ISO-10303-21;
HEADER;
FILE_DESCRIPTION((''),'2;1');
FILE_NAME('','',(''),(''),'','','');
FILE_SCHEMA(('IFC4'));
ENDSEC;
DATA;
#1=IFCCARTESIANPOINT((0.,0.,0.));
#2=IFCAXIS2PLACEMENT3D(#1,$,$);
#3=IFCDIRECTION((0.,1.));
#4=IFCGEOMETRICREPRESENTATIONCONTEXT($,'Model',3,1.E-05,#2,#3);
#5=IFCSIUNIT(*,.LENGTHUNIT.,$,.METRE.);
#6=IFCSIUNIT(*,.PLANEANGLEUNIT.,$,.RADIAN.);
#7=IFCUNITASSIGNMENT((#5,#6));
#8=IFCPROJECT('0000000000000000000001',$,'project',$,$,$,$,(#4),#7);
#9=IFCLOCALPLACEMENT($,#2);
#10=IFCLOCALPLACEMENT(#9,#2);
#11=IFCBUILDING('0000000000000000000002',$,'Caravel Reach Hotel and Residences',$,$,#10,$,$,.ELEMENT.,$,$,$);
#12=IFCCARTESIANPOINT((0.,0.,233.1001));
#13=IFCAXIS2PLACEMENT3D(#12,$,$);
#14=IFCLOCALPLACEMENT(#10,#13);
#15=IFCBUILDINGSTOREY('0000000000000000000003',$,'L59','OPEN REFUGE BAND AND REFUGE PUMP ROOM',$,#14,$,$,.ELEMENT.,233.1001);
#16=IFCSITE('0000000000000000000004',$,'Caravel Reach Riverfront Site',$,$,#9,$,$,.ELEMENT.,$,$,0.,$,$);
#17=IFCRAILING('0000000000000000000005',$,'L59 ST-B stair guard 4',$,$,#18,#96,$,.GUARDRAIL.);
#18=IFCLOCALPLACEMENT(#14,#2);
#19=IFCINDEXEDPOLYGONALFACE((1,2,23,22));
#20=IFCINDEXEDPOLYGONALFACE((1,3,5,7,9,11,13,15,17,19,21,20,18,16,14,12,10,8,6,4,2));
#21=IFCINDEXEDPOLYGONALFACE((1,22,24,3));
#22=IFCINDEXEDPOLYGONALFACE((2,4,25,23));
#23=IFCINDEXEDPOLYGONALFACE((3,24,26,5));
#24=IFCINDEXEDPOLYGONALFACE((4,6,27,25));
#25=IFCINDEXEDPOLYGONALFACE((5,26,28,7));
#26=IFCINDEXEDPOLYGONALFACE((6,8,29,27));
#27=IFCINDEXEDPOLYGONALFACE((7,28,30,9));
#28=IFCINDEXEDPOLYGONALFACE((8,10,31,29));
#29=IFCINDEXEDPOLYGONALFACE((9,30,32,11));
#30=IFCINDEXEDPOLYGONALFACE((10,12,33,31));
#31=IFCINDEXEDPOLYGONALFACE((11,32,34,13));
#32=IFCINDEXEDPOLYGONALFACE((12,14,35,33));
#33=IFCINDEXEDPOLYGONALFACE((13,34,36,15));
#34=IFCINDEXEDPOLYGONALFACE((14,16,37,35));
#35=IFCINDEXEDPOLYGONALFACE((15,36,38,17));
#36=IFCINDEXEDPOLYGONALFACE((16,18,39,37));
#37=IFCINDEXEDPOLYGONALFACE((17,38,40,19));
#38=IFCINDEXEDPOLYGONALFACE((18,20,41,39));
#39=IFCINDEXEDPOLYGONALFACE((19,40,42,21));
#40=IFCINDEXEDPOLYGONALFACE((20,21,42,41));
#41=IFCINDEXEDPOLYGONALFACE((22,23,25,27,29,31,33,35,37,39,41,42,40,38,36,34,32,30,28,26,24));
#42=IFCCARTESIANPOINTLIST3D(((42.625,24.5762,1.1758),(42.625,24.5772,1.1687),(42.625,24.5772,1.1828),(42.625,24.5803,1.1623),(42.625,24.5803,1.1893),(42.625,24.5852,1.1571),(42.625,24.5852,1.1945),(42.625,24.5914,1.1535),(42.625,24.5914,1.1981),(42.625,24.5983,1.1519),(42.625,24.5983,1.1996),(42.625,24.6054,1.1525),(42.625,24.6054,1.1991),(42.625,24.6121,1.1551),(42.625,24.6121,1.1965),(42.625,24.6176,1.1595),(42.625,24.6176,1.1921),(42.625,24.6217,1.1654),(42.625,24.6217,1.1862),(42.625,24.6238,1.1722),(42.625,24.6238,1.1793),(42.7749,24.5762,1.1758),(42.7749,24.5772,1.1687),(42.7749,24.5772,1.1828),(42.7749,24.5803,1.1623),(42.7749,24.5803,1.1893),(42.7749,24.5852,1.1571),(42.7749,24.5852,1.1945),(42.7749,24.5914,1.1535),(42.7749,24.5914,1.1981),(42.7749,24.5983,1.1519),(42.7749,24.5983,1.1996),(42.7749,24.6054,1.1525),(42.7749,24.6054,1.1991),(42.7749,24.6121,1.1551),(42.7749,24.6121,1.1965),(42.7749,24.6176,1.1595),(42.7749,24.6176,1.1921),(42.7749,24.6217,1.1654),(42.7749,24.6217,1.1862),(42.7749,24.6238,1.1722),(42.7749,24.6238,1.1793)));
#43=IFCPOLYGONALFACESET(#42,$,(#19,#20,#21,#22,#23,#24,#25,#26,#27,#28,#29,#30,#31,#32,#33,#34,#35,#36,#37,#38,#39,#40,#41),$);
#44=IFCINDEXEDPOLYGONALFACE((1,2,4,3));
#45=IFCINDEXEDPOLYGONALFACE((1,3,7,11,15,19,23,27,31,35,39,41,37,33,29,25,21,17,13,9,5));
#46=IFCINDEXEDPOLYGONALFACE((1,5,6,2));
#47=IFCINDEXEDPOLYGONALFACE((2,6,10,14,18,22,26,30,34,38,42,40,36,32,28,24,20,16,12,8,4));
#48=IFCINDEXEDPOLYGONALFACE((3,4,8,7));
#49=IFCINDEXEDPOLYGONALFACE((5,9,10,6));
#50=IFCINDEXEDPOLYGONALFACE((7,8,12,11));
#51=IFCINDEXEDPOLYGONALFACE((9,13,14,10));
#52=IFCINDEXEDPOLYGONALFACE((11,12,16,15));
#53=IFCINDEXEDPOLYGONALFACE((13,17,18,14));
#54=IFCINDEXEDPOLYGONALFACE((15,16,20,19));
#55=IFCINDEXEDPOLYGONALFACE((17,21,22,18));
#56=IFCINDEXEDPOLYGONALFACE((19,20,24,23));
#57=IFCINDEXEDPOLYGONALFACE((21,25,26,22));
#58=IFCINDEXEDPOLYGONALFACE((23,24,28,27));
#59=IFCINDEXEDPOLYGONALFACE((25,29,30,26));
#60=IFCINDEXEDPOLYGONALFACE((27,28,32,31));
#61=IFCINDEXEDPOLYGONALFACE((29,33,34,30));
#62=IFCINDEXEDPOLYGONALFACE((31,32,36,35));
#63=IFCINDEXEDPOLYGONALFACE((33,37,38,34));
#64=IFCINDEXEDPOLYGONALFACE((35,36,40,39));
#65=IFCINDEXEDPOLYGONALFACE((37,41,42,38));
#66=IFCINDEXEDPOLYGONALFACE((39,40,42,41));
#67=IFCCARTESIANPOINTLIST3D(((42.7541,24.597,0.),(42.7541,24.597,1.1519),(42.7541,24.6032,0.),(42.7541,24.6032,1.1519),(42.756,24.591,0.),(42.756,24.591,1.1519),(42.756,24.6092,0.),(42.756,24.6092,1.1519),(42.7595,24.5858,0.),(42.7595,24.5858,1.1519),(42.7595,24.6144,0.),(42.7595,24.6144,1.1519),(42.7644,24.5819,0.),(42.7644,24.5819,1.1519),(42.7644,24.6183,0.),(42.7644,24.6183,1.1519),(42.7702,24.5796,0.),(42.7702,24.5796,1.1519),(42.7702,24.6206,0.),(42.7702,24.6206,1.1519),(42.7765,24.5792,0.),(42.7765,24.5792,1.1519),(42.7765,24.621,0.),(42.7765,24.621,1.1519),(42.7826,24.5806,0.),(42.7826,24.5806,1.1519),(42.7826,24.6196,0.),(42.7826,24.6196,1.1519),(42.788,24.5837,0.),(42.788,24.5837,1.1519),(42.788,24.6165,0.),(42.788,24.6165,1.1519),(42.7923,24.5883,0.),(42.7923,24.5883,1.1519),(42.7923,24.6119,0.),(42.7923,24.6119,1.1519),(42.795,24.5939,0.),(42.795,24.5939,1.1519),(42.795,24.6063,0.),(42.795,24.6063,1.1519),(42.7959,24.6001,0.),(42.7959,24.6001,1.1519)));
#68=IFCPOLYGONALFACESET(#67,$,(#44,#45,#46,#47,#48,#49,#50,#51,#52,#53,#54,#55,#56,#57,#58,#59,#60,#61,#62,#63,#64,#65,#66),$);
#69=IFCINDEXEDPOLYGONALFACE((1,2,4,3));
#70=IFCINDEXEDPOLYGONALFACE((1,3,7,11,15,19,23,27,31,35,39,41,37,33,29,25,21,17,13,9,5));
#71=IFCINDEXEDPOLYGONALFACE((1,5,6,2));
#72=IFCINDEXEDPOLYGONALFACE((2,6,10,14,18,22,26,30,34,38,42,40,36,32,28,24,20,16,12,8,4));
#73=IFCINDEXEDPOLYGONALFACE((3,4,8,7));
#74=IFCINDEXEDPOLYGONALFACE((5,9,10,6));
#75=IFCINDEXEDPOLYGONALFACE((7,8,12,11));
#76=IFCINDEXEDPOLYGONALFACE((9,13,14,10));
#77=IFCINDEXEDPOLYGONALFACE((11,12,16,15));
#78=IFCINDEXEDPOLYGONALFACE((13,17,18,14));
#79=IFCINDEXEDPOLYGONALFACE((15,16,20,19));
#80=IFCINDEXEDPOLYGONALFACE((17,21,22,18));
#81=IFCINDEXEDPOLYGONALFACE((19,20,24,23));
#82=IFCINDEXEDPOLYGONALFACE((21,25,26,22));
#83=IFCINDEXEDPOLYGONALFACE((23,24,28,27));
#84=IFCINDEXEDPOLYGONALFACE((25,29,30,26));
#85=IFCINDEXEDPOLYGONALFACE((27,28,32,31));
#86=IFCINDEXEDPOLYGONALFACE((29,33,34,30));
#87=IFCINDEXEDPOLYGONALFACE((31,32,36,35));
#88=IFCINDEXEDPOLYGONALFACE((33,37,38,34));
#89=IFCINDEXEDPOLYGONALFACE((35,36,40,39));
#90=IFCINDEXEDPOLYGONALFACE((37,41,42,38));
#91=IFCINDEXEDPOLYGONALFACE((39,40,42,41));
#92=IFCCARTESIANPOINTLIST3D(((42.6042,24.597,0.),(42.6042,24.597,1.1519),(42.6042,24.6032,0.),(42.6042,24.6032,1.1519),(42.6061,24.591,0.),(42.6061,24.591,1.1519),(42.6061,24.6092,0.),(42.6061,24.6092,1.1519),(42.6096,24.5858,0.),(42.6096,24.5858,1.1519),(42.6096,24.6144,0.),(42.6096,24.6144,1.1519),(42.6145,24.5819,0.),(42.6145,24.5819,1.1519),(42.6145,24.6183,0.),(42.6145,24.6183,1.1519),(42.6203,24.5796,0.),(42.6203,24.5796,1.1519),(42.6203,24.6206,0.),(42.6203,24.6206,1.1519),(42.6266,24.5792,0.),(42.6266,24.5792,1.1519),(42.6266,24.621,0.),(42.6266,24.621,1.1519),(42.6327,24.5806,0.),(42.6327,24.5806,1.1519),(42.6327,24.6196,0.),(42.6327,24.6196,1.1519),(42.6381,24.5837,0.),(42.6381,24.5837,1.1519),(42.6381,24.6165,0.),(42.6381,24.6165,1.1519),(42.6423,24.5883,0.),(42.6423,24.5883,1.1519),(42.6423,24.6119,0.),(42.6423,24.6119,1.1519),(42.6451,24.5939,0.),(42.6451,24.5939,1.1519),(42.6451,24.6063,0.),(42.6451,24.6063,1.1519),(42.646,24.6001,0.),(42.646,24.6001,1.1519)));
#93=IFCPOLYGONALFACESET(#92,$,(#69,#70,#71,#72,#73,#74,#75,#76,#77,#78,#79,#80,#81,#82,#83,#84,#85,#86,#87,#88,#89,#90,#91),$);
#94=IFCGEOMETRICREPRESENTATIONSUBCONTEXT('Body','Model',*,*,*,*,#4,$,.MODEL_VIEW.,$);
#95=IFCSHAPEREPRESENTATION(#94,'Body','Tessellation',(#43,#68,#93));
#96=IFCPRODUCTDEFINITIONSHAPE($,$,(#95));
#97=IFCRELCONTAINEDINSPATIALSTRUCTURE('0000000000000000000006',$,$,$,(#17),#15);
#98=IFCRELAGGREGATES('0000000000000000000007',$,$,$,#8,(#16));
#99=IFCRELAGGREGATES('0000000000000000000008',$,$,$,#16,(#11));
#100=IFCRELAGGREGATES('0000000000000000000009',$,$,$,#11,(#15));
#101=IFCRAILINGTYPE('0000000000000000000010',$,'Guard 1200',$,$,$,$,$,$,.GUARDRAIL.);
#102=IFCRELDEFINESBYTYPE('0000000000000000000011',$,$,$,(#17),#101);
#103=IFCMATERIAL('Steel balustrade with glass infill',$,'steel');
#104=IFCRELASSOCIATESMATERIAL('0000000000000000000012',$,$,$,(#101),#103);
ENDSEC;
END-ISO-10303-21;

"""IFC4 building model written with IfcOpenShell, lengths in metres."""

from ifc_helpers import new_model, si_unit, direction, frame, origin, origin_2d, place, context, subcontext, project, spatial, circle, extrude, material, type_object, element, save


model = new_model("IFC4")

# Units and contexts
model_context = context("Model", 3, precision=1e-05, world=origin(), true_north=direction((0.0, 1.0)))
body_context = subcontext(model_context, "Body", "Model", "MODEL_VIEW")
ifc_project = project(units=[si_unit("LENGTHUNIT", "METRE"), si_unit("PLANEANGLEUNIT", "RADIAN")], contexts=[model_context])

# Site, building, storey
site_placement = place(None, origin())
site = spatial("IfcSite", under=ifc_project, at=site_placement, Name="Caravel Reach Riverfront Site", CompositionType="ELEMENT", RefElevation=0.0)
building_placement = place(site_placement, origin())
building = spatial("IfcBuilding", under=site, at=building_placement, Name="Caravel Reach Hotel and Residences", CompositionType="ELEMENT")
storey_placement = place(building_placement, frame((0.0, 0.0, 233.1001)))
storey = spatial("IfcBuildingStorey", under=building, at=storey_placement, Name="L59", Description="OPEN REFUGE BAND AND REFUGE PUMP ROOM", CompositionType="ELEMENT", Elevation=233.1001)

# Railing
ifc_material_1 = material(Name="Steel balustrade with glass infill", Category="steel")
railing_type_1 = type_object("IfcRailingType", Name="Guard 1200", PredefinedType="GUARDRAIL", material=ifc_material_1)
railing_1_placement = place(storey_placement, frame((42.7749, 24.6001, 0.0)))
element("IfcRailing", 1, at=railing_1_placement, inside=storey, type_object=railing_type_1, Name="L59 ST-B stair guard 4", PredefinedType="GUARDRAIL", context=body_context, shape_type="SweptSolid", body=[
    extrude(circle(Radius=0.0239, at=origin_2d()), frame((0.0, 0.0, 1.1758), z_axis=(-1.0, 0.0, 0.0), x_axis=(0.0, -1.0, 0.0)), (0.0, 0.0, 1.0), 0.1499),
    extrude(circle(Radius=0.021, at=origin_2d()), origin(), (0.0, 0.0, 1.0), 1.1519),
    extrude(circle(Radius=0.021, at=origin_2d()), frame((-0.1499, 0.0, 0.0)), (0.0, 0.0, 1.0), 1.1519),
])

save(model, "model.ifc")
